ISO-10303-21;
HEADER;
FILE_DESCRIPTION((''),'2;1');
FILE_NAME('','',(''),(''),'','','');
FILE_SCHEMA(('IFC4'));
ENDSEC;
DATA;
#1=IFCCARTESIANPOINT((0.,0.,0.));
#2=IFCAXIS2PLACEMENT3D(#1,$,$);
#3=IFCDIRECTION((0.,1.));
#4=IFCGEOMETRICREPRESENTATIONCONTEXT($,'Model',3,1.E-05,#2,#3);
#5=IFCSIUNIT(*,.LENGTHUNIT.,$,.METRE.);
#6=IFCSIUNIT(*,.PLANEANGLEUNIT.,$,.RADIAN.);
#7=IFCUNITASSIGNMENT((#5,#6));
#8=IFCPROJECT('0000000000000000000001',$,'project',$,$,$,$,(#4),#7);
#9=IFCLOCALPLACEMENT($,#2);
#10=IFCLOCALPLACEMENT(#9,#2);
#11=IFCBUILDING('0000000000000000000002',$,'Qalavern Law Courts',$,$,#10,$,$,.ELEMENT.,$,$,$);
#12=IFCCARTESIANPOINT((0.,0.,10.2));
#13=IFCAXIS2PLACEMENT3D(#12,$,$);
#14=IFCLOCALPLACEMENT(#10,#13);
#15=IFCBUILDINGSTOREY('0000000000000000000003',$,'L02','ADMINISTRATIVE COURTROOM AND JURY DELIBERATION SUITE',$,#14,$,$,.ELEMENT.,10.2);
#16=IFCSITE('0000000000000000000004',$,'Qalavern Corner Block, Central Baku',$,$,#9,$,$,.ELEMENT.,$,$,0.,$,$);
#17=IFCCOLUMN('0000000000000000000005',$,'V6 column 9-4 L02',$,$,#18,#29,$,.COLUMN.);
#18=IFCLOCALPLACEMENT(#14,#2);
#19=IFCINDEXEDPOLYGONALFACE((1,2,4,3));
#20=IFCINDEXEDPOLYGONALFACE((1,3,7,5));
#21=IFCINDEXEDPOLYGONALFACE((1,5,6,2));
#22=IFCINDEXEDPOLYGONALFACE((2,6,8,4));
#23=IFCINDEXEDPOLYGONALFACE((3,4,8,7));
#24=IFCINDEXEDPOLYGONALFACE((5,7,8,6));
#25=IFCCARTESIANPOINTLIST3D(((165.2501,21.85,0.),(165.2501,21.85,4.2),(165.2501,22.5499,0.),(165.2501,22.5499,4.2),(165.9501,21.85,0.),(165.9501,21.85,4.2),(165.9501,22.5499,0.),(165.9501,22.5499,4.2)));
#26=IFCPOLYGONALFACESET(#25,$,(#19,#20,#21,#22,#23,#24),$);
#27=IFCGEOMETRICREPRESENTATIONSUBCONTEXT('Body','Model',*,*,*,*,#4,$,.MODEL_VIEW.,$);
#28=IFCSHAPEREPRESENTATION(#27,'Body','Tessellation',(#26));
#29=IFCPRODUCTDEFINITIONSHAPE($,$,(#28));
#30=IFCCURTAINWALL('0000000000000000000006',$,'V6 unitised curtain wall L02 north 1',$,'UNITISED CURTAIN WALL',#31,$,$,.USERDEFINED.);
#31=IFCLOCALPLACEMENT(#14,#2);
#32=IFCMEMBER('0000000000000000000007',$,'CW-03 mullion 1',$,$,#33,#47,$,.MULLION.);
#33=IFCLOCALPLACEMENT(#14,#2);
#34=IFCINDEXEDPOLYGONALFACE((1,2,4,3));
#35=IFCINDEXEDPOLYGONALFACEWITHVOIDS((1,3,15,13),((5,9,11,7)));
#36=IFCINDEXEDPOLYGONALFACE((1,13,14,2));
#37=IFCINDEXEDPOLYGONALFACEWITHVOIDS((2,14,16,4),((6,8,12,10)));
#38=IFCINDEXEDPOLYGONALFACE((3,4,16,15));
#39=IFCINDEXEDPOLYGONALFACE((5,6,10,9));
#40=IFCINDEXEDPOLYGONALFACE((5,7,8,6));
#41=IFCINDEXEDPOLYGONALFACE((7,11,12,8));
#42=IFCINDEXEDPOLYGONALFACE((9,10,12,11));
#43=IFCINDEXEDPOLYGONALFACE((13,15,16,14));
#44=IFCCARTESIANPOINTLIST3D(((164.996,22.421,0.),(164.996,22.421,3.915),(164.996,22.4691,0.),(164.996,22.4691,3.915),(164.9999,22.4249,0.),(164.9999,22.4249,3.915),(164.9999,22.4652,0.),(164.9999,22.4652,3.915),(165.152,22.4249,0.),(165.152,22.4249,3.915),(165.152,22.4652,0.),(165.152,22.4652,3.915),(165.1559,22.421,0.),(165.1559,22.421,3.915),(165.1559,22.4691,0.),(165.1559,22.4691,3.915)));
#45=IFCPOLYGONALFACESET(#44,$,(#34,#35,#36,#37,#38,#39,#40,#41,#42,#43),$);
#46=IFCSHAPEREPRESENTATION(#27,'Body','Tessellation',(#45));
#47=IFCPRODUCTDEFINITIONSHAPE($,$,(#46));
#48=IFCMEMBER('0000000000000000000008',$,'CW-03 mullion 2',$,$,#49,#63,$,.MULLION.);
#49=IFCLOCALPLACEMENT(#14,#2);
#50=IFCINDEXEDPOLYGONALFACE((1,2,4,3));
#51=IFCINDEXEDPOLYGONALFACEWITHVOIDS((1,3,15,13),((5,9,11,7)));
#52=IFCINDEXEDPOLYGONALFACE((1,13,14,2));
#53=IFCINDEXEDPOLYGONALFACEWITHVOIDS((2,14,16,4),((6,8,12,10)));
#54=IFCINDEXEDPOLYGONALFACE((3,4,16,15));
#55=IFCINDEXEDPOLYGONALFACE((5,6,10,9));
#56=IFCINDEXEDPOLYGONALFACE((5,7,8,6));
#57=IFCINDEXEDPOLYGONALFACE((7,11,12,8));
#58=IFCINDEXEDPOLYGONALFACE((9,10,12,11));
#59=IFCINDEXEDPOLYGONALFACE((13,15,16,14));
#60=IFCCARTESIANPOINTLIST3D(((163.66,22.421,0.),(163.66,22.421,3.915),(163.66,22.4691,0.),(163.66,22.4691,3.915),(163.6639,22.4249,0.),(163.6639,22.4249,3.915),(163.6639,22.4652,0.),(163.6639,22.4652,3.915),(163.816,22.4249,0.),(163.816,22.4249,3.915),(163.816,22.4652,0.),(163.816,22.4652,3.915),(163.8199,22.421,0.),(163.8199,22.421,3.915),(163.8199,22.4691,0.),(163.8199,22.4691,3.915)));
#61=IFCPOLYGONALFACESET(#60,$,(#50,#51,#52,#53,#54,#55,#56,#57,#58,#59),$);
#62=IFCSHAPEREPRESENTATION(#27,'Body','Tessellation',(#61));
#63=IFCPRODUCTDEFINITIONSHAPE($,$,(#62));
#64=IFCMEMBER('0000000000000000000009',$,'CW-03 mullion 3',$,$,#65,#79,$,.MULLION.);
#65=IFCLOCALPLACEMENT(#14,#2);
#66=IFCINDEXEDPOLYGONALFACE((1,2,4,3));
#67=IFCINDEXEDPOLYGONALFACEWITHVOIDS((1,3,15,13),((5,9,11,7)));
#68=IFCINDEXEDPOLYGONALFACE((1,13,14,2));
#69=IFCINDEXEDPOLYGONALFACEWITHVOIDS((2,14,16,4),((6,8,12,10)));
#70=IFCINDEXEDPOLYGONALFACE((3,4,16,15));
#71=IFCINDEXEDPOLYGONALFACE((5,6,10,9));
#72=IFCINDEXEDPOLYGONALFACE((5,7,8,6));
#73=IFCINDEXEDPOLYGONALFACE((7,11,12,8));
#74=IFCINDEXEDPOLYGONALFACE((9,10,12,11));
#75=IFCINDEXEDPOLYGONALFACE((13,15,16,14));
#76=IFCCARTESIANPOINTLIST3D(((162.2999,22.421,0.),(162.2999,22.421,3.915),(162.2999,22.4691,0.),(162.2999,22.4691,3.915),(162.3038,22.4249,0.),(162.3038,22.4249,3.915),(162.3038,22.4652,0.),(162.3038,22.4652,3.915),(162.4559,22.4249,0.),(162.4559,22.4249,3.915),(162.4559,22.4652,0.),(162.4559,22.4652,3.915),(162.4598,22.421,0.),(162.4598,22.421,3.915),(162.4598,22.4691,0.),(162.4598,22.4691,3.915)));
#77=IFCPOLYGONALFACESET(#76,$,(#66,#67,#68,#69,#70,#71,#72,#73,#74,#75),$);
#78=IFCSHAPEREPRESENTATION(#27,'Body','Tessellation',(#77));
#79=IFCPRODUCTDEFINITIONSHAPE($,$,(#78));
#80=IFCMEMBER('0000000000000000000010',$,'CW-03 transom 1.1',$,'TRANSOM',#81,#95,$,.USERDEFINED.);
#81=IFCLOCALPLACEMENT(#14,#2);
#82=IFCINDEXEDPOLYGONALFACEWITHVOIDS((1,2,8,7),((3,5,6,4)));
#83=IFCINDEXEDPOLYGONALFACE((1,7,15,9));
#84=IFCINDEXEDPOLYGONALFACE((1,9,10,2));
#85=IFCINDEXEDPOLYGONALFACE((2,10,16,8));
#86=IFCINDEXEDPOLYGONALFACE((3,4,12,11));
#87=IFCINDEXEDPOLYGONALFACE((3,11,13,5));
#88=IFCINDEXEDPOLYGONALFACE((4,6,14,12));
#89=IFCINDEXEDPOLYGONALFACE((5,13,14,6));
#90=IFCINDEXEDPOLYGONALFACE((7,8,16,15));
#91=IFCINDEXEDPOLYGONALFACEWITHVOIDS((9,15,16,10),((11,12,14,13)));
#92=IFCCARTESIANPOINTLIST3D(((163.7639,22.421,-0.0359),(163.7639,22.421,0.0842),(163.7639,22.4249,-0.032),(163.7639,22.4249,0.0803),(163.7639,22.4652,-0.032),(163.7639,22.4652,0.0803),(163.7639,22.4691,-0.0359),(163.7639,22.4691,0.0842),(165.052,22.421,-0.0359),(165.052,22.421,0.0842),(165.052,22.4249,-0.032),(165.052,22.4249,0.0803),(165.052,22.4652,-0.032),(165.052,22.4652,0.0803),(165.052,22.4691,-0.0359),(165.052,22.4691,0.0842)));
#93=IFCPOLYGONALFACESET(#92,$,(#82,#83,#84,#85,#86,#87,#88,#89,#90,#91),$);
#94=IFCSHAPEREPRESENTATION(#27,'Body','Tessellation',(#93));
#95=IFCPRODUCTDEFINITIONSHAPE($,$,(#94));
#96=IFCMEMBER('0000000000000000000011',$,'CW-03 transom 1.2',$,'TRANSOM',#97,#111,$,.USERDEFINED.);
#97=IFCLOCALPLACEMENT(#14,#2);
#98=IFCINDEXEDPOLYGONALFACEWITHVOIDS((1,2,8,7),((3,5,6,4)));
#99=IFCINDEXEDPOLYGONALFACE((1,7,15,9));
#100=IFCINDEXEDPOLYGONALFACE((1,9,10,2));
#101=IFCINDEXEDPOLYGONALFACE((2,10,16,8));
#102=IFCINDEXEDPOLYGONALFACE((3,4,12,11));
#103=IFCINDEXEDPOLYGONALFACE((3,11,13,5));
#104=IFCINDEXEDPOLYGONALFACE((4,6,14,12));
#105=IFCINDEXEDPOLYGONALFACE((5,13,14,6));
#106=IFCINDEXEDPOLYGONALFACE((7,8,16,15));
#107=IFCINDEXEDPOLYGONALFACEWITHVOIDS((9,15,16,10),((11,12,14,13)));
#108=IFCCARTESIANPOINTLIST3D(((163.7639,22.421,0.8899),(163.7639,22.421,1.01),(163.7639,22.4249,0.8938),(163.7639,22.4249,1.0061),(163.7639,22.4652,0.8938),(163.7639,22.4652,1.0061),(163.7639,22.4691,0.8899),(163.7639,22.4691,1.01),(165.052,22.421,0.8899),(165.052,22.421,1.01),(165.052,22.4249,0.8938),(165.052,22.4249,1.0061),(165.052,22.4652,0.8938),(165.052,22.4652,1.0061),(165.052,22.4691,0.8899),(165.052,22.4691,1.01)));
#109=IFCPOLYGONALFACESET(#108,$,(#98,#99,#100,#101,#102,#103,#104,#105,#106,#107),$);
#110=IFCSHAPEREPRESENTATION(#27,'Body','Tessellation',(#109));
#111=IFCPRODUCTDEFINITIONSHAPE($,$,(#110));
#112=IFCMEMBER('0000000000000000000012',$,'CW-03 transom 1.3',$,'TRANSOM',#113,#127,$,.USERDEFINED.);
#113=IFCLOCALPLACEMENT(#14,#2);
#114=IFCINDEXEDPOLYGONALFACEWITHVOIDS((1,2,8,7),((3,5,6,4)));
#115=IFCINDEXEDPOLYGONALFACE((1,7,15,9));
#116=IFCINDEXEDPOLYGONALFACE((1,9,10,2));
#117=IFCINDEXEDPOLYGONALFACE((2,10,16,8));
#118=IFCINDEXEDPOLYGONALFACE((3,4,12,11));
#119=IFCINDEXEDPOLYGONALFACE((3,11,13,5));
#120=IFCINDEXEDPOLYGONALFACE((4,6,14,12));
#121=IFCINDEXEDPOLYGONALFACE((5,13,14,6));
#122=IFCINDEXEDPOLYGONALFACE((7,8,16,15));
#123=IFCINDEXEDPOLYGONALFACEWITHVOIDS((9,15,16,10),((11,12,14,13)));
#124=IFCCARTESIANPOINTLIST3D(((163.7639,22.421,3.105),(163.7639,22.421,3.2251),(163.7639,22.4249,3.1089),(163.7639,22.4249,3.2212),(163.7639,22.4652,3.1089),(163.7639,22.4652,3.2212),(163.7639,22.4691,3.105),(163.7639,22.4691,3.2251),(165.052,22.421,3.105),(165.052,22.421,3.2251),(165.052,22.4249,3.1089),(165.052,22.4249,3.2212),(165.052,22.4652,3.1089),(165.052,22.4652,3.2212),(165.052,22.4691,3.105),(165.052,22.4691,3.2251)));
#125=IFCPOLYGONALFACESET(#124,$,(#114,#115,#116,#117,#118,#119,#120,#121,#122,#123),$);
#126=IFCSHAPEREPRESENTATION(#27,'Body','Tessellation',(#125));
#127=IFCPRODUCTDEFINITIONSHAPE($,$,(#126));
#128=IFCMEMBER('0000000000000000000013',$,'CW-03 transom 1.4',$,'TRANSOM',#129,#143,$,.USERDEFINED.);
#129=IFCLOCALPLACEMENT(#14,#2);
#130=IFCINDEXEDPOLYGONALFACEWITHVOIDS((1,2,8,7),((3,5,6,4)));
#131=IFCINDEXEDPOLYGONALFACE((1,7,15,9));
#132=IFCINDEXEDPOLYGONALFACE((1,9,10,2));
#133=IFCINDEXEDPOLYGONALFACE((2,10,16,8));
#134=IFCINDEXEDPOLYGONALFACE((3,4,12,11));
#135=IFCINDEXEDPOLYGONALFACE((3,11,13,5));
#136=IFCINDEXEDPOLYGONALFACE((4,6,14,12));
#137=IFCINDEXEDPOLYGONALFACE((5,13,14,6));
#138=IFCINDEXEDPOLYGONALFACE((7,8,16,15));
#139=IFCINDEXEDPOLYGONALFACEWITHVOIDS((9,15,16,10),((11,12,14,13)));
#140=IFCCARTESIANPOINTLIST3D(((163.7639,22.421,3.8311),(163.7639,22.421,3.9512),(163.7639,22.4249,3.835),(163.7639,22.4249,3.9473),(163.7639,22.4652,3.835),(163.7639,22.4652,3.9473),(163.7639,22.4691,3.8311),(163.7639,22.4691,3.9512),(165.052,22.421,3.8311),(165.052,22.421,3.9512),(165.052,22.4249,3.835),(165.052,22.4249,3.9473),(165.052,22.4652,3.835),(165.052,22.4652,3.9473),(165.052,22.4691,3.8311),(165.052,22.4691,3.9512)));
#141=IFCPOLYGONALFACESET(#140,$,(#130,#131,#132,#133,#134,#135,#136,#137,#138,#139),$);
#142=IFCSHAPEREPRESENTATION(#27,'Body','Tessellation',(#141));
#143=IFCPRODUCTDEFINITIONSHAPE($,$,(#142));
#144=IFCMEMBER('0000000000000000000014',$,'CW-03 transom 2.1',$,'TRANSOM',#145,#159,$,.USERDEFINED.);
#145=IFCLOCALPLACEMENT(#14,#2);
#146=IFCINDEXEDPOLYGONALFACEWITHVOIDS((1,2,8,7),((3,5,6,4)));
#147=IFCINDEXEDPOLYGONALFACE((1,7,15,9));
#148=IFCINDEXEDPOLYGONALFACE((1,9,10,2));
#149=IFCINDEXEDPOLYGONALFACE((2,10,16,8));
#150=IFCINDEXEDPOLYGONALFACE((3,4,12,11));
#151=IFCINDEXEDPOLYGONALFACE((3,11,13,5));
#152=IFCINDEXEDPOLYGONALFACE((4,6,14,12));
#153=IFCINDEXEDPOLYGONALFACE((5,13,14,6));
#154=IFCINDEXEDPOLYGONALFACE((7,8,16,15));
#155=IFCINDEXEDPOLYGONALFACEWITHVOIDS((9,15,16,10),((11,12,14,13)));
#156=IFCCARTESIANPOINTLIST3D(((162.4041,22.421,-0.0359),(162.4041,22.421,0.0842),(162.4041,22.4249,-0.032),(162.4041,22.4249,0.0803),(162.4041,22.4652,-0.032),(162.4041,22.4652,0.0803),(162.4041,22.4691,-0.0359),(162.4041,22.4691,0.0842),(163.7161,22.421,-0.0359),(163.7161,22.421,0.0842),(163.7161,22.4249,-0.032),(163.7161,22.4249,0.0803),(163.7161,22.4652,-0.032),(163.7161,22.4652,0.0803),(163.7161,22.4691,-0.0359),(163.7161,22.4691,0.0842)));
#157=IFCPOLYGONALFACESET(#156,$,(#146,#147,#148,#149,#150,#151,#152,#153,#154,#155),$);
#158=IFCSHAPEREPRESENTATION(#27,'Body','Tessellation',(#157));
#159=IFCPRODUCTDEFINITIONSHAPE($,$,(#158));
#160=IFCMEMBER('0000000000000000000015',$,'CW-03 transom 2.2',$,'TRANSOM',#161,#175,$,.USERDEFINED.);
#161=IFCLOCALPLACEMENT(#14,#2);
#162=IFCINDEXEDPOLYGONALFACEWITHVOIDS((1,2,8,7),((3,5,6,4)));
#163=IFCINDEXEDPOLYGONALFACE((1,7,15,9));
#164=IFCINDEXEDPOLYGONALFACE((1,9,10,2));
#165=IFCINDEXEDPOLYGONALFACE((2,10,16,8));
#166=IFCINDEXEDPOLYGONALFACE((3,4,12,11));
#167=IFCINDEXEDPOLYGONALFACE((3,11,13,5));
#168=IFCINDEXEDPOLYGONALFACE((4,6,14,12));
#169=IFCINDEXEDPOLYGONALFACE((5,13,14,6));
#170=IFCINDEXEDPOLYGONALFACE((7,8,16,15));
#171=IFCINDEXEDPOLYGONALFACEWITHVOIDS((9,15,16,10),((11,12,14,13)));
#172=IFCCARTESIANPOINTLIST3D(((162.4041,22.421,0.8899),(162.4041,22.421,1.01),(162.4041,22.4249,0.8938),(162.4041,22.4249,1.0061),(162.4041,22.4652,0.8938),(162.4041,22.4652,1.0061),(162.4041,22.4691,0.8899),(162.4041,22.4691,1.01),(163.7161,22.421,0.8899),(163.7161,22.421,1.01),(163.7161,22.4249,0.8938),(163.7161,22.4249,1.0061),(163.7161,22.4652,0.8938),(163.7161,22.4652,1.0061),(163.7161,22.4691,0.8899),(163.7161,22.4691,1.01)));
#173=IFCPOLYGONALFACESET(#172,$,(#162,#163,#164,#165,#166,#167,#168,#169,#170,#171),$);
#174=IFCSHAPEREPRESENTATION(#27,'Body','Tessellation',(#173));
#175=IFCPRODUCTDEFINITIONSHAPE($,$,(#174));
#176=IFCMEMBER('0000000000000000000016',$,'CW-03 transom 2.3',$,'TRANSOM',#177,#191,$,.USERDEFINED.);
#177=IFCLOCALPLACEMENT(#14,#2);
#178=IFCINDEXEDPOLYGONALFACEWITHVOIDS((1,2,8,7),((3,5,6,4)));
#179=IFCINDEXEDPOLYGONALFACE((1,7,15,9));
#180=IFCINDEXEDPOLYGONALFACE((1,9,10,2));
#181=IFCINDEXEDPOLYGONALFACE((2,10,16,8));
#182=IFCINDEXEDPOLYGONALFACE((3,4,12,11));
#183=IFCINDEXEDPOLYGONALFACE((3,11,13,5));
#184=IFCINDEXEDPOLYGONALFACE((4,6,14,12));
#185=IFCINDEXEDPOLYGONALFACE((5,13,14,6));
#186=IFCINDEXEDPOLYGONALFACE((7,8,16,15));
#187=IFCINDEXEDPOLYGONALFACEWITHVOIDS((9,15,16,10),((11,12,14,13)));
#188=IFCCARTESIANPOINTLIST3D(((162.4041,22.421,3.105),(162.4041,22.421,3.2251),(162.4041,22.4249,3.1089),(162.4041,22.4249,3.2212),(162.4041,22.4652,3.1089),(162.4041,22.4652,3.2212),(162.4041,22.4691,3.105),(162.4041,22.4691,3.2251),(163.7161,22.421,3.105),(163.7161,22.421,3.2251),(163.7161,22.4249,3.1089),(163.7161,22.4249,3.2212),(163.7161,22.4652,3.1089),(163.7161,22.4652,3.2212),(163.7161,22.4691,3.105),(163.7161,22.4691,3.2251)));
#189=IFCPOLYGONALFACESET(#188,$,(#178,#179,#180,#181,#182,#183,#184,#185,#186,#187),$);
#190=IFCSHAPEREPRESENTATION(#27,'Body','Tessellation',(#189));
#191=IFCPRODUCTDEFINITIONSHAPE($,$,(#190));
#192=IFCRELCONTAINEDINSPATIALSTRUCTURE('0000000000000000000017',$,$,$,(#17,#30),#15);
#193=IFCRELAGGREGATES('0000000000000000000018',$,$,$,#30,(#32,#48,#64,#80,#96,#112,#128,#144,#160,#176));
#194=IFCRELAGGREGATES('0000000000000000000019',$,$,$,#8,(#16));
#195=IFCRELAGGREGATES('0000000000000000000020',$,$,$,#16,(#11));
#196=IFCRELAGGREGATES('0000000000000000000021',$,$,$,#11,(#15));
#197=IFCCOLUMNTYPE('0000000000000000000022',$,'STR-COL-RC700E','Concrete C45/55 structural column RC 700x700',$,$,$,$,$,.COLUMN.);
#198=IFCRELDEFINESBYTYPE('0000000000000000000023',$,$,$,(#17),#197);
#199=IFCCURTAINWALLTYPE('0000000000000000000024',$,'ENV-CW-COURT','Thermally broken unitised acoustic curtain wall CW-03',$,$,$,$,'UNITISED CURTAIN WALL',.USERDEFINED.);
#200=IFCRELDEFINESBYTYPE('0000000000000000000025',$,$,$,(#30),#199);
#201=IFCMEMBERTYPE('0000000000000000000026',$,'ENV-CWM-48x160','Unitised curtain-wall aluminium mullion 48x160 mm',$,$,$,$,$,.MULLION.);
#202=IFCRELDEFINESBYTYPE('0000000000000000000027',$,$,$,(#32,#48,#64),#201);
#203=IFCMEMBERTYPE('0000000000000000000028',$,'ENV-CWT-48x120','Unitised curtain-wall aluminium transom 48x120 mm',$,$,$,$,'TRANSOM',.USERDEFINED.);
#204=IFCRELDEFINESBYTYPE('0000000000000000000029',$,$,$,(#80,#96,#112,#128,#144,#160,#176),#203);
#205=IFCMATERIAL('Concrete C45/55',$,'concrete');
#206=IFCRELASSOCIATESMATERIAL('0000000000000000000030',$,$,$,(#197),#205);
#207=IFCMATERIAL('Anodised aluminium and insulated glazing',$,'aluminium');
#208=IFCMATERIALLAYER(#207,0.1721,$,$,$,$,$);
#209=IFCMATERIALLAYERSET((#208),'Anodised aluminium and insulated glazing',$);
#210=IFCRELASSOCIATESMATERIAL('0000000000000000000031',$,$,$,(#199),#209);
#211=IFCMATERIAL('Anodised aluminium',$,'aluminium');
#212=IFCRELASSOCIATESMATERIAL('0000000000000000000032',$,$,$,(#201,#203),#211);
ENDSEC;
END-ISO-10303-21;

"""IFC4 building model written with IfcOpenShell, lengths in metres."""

from ifc_helpers import new_model, si_unit, direction, frame, origin, origin_2d, place, context, subcontext, project, spatial, rectangle, hollow_rectangle, extrude, material, layer, layer_set, material_profile, profile_set, type_object, element, aggregate, save


model = new_model("IFC4")

# Units and contexts
model_context = context("Model", 3, precision=1e-05, world=origin(), true_north=direction((0.0, 1.0)))
body_context = subcontext(model_context, "Body", "Model", "MODEL_VIEW")
ifc_project = project(units=[si_unit("LENGTHUNIT", "METRE"), si_unit("PLANEANGLEUNIT", "RADIAN")], contexts=[model_context])

# Site, building, storey
site_placement = place(None, origin())
site = spatial("IfcSite", under=ifc_project, at=site_placement, Name="Qalavern Corner Block, Central Baku", CompositionType="ELEMENT", RefElevation=0.0)
building_placement = place(site_placement, origin())
building = spatial("IfcBuilding", under=site, at=building_placement, Name="Qalavern Law Courts", CompositionType="ELEMENT")
storey_placement = place(building_placement, frame((0.0, 0.0, 10.2)))
storey = spatial("IfcBuildingStorey", under=building, at=storey_placement, Name="L02", Description="ADMINISTRATIVE COURTROOM AND JURY DELIBERATION SUITE", CompositionType="ELEMENT", Elevation=10.2)

# Column
ifc_material_1 = material(Name="Concrete C45/55", Category="concrete")
ifc_material_profile_1 = material_profile(ifc_material_1, rectangle(XDim=0.7, YDim=0.7, at=origin_2d()), Name="RC 700x700")
ifc_profile_set_1 = profile_set([ifc_material_profile_1], Name="Concrete C45/55")
column_type = type_object("IfcColumnType", Name="STR-COL-RC700E", Description="Concrete C45/55 structural column RC 700x700", PredefinedType="COLUMN", material=ifc_profile_set_1)
column_placement = place(storey_placement, frame((165.6001, 22.2, 0.0), z_axis=(0.0, 0.0, 1.0), x_axis=(1.0, 0.0, 0.0)))
element("IfcColumn", 1, at=column_placement, inside=storey, type_object=column_type, Name="V6 column 9-4 L02", PredefinedType="COLUMN", context=body_context, shape_type="SweptSolid", body=[
    extrude(rectangle(XDim=0.7, YDim=0.7, at=origin_2d()), origin(), (0.0, 0.0, 1.0), 4.2),
])

# Curtain wall, members
ifc_material_2 = material(Name="Anodised aluminium and insulated glazing", Category="aluminium")
ifc_layer_1 = layer(ifc_material_2, 0.1721)
ifc_layer_set_1 = layer_set([ifc_layer_1], Name="Anodised aluminium and insulated glazing")
curtain_wall_type = type_object("IfcCurtainWallType", Name="ENV-CW-COURT", Description="Thermally broken unitised acoustic curtain wall CW-03", ElementType="UNITISED CURTAIN WALL", PredefinedType="USERDEFINED", material=ifc_layer_set_1)
curtain_wall_placement = place(storey_placement, origin())
curtain_wall = element("IfcCurtainWall", 2, at=curtain_wall_placement, inside=storey, type_object=curtain_wall_type, Name="V6 unitised curtain wall L02 north 1", ObjectType="UNITISED CURTAIN WALL", PredefinedType="USERDEFINED")
ifc_material_3 = material(Name="Anodised aluminium", Category="aluminium")
ifc_material_profile_2 = material_profile(ifc_material_3, hollow_rectangle(XDim=0.0481, YDim=0.1599, WallThickness=0.0039, at=origin_2d()), Name="ALU MULLION 48x160")
ifc_profile_set_2 = profile_set([ifc_material_profile_2], Name="Anodised aluminium")
member_type_1 = type_object("IfcMemberType", Name="ENV-CWM-48x160", Description="Unitised curtain-wall aluminium mullion 48x160 mm", PredefinedType="MULLION", material=ifc_profile_set_2)
member_1_placement = place(storey_placement, frame((165.0759, 22.4451, 0.0), z_axis=(0.0, 0.0, 1.0), x_axis=(0.0, -1.0, 0.0)))
member_1 = element("IfcMember", 3, at=member_1_placement, type_object=member_type_1, Name="CW-03 mullion 1", PredefinedType="MULLION", context=body_context, shape_type="SweptSolid", body=[
    extrude(hollow_rectangle(XDim=0.0481, YDim=0.1599, WallThickness=0.0039, at=origin_2d()), origin(), (0.0, 0.0, 1.0), 3.915),
])
member_2_placement = place(storey_placement, frame((163.74, 22.4451, 0.0), z_axis=(0.0, 0.0, 1.0), x_axis=(0.0, -1.0, 0.0)))
member_2 = element("IfcMember", 4, at=member_2_placement, type_object=member_type_1, Name="CW-03 mullion 2", PredefinedType="MULLION", context=body_context, shape_type="SweptSolid", body=[
    extrude(hollow_rectangle(XDim=0.0481, YDim=0.1599, WallThickness=0.0039, at=origin_2d()), origin(), (0.0, 0.0, 1.0), 3.915),
])
member_3_placement = place(storey_placement, frame((162.3799, 22.4451, 0.0), z_axis=(0.0, 0.0, 1.0), x_axis=(0.0, -1.0, 0.0)))
member_3 = element("IfcMember", 5, at=member_3_placement, type_object=member_type_1, Name="CW-03 mullion 3", PredefinedType="MULLION", context=body_context, shape_type="SweptSolid", body=[
    extrude(hollow_rectangle(XDim=0.0481, YDim=0.1599, WallThickness=0.0039, at=origin_2d()), origin(), (0.0, 0.0, 1.0), 3.915),
])
ifc_material_profile_3 = material_profile(ifc_material_3, hollow_rectangle(XDim=0.0481, YDim=0.1201, WallThickness=0.0039, at=origin_2d()), Name="ALU TRANSOM 48x120")
ifc_profile_set_3 = profile_set([ifc_material_profile_3], Name="Anodised aluminium")
member_type_2 = type_object("IfcMemberType", Name="ENV-CWT-48x120", Description="Unitised curtain-wall aluminium transom 48x120 mm", ElementType="TRANSOM", PredefinedType="USERDEFINED", material=ifc_profile_set_3)
member_4_placement = place(storey_placement, frame((165.052, 22.4451, 0.0242), z_axis=(-1.0, 0.0, 0.0), x_axis=(0.0, -1.0, 0.0)))
member_4 = element("IfcMember", 6, at=member_4_placement, type_object=member_type_2, Name="CW-03 transom 1.1", ObjectType="TRANSOM", PredefinedType="USERDEFINED", context=body_context, shape_type="SweptSolid", body=[
    extrude(hollow_rectangle(XDim=0.0481, YDim=0.1201, WallThickness=0.0039, at=origin_2d()), origin(), (0.0, 0.0, 1.0), 1.2881),
])
member_5_placement = place(storey_placement, frame((165.052, 22.4451, 0.95), z_axis=(-1.0, 0.0, 0.0), x_axis=(0.0, -1.0, 0.0)))
member_5 = element("IfcMember", 7, at=member_5_placement, type_object=member_type_2, Name="CW-03 transom 1.2", ObjectType="TRANSOM", PredefinedType="USERDEFINED", context=body_context, shape_type="SweptSolid", body=[
    extrude(hollow_rectangle(XDim=0.0481, YDim=0.1201, WallThickness=0.0039, at=origin_2d()), origin(), (0.0, 0.0, 1.0), 1.2881),
])
member_6_placement = place(storey_placement, frame((165.052, 22.4451, 3.165), z_axis=(-1.0, 0.0, 0.0), x_axis=(0.0, -1.0, 0.0)))
member_6 = element("IfcMember", 8, at=member_6_placement, type_object=member_type_2, Name="CW-03 transom 1.3", ObjectType="TRANSOM", PredefinedType="USERDEFINED", context=body_context, shape_type="SweptSolid", body=[
    extrude(hollow_rectangle(XDim=0.0481, YDim=0.1201, WallThickness=0.0039, at=origin_2d()), origin(), (0.0, 0.0, 1.0), 1.2881),
])
member_7_placement = place(storey_placement, frame((165.052, 22.4451, 3.8911), z_axis=(-1.0, 0.0, 0.0), x_axis=(0.0, -1.0, 0.0)))
member_7 = element("IfcMember", 9, at=member_7_placement, type_object=member_type_2, Name="CW-03 transom 1.4", ObjectType="TRANSOM", PredefinedType="USERDEFINED", context=body_context, shape_type="SweptSolid", body=[
    extrude(hollow_rectangle(XDim=0.0481, YDim=0.1201, WallThickness=0.0039, at=origin_2d()), origin(), (0.0, 0.0, 1.0), 1.2881),
])
member_8_placement = place(storey_placement, frame((163.7161, 22.4451, 0.0242), z_axis=(-1.0, 0.0, 0.0), x_axis=(0.0, -1.0, 0.0)))
member_8 = element("IfcMember", 10, at=member_8_placement, type_object=member_type_2, Name="CW-03 transom 2.1", ObjectType="TRANSOM", PredefinedType="USERDEFINED", context=body_context, shape_type="SweptSolid", body=[
    extrude(hollow_rectangle(XDim=0.0481, YDim=0.1201, WallThickness=0.0039, at=origin_2d()), origin(), (0.0, 0.0, 1.0), 1.312),
])
member_9_placement = place(storey_placement, frame((163.7161, 22.4451, 0.95), z_axis=(-1.0, 0.0, 0.0), x_axis=(0.0, -1.0, 0.0)))
member_9 = element("IfcMember", 11, at=member_9_placement, type_object=member_type_2, Name="CW-03 transom 2.2", ObjectType="TRANSOM", PredefinedType="USERDEFINED", context=body_context, shape_type="SweptSolid", body=[
    extrude(hollow_rectangle(XDim=0.0481, YDim=0.1201, WallThickness=0.0039, at=origin_2d()), origin(), (0.0, 0.0, 1.0), 1.312),
])
member_10_placement = place(storey_placement, frame((163.7161, 22.4451, 3.165), z_axis=(-1.0, 0.0, 0.0), x_axis=(0.0, -1.0, 0.0)))
member_10 = element("IfcMember", 12, at=member_10_placement, type_object=member_type_2, Name="CW-03 transom 2.3", ObjectType="TRANSOM", PredefinedType="USERDEFINED", context=body_context, shape_type="SweptSolid", body=[
    extrude(hollow_rectangle(XDim=0.0481, YDim=0.1201, WallThickness=0.0039, at=origin_2d()), origin(), (0.0, 0.0, 1.0), 1.312),
])
aggregate(curtain_wall, [member_1, member_2, member_3, member_4, member_5, member_6, member_7, member_8, member_9, member_10])

save(model, "model.ifc")
